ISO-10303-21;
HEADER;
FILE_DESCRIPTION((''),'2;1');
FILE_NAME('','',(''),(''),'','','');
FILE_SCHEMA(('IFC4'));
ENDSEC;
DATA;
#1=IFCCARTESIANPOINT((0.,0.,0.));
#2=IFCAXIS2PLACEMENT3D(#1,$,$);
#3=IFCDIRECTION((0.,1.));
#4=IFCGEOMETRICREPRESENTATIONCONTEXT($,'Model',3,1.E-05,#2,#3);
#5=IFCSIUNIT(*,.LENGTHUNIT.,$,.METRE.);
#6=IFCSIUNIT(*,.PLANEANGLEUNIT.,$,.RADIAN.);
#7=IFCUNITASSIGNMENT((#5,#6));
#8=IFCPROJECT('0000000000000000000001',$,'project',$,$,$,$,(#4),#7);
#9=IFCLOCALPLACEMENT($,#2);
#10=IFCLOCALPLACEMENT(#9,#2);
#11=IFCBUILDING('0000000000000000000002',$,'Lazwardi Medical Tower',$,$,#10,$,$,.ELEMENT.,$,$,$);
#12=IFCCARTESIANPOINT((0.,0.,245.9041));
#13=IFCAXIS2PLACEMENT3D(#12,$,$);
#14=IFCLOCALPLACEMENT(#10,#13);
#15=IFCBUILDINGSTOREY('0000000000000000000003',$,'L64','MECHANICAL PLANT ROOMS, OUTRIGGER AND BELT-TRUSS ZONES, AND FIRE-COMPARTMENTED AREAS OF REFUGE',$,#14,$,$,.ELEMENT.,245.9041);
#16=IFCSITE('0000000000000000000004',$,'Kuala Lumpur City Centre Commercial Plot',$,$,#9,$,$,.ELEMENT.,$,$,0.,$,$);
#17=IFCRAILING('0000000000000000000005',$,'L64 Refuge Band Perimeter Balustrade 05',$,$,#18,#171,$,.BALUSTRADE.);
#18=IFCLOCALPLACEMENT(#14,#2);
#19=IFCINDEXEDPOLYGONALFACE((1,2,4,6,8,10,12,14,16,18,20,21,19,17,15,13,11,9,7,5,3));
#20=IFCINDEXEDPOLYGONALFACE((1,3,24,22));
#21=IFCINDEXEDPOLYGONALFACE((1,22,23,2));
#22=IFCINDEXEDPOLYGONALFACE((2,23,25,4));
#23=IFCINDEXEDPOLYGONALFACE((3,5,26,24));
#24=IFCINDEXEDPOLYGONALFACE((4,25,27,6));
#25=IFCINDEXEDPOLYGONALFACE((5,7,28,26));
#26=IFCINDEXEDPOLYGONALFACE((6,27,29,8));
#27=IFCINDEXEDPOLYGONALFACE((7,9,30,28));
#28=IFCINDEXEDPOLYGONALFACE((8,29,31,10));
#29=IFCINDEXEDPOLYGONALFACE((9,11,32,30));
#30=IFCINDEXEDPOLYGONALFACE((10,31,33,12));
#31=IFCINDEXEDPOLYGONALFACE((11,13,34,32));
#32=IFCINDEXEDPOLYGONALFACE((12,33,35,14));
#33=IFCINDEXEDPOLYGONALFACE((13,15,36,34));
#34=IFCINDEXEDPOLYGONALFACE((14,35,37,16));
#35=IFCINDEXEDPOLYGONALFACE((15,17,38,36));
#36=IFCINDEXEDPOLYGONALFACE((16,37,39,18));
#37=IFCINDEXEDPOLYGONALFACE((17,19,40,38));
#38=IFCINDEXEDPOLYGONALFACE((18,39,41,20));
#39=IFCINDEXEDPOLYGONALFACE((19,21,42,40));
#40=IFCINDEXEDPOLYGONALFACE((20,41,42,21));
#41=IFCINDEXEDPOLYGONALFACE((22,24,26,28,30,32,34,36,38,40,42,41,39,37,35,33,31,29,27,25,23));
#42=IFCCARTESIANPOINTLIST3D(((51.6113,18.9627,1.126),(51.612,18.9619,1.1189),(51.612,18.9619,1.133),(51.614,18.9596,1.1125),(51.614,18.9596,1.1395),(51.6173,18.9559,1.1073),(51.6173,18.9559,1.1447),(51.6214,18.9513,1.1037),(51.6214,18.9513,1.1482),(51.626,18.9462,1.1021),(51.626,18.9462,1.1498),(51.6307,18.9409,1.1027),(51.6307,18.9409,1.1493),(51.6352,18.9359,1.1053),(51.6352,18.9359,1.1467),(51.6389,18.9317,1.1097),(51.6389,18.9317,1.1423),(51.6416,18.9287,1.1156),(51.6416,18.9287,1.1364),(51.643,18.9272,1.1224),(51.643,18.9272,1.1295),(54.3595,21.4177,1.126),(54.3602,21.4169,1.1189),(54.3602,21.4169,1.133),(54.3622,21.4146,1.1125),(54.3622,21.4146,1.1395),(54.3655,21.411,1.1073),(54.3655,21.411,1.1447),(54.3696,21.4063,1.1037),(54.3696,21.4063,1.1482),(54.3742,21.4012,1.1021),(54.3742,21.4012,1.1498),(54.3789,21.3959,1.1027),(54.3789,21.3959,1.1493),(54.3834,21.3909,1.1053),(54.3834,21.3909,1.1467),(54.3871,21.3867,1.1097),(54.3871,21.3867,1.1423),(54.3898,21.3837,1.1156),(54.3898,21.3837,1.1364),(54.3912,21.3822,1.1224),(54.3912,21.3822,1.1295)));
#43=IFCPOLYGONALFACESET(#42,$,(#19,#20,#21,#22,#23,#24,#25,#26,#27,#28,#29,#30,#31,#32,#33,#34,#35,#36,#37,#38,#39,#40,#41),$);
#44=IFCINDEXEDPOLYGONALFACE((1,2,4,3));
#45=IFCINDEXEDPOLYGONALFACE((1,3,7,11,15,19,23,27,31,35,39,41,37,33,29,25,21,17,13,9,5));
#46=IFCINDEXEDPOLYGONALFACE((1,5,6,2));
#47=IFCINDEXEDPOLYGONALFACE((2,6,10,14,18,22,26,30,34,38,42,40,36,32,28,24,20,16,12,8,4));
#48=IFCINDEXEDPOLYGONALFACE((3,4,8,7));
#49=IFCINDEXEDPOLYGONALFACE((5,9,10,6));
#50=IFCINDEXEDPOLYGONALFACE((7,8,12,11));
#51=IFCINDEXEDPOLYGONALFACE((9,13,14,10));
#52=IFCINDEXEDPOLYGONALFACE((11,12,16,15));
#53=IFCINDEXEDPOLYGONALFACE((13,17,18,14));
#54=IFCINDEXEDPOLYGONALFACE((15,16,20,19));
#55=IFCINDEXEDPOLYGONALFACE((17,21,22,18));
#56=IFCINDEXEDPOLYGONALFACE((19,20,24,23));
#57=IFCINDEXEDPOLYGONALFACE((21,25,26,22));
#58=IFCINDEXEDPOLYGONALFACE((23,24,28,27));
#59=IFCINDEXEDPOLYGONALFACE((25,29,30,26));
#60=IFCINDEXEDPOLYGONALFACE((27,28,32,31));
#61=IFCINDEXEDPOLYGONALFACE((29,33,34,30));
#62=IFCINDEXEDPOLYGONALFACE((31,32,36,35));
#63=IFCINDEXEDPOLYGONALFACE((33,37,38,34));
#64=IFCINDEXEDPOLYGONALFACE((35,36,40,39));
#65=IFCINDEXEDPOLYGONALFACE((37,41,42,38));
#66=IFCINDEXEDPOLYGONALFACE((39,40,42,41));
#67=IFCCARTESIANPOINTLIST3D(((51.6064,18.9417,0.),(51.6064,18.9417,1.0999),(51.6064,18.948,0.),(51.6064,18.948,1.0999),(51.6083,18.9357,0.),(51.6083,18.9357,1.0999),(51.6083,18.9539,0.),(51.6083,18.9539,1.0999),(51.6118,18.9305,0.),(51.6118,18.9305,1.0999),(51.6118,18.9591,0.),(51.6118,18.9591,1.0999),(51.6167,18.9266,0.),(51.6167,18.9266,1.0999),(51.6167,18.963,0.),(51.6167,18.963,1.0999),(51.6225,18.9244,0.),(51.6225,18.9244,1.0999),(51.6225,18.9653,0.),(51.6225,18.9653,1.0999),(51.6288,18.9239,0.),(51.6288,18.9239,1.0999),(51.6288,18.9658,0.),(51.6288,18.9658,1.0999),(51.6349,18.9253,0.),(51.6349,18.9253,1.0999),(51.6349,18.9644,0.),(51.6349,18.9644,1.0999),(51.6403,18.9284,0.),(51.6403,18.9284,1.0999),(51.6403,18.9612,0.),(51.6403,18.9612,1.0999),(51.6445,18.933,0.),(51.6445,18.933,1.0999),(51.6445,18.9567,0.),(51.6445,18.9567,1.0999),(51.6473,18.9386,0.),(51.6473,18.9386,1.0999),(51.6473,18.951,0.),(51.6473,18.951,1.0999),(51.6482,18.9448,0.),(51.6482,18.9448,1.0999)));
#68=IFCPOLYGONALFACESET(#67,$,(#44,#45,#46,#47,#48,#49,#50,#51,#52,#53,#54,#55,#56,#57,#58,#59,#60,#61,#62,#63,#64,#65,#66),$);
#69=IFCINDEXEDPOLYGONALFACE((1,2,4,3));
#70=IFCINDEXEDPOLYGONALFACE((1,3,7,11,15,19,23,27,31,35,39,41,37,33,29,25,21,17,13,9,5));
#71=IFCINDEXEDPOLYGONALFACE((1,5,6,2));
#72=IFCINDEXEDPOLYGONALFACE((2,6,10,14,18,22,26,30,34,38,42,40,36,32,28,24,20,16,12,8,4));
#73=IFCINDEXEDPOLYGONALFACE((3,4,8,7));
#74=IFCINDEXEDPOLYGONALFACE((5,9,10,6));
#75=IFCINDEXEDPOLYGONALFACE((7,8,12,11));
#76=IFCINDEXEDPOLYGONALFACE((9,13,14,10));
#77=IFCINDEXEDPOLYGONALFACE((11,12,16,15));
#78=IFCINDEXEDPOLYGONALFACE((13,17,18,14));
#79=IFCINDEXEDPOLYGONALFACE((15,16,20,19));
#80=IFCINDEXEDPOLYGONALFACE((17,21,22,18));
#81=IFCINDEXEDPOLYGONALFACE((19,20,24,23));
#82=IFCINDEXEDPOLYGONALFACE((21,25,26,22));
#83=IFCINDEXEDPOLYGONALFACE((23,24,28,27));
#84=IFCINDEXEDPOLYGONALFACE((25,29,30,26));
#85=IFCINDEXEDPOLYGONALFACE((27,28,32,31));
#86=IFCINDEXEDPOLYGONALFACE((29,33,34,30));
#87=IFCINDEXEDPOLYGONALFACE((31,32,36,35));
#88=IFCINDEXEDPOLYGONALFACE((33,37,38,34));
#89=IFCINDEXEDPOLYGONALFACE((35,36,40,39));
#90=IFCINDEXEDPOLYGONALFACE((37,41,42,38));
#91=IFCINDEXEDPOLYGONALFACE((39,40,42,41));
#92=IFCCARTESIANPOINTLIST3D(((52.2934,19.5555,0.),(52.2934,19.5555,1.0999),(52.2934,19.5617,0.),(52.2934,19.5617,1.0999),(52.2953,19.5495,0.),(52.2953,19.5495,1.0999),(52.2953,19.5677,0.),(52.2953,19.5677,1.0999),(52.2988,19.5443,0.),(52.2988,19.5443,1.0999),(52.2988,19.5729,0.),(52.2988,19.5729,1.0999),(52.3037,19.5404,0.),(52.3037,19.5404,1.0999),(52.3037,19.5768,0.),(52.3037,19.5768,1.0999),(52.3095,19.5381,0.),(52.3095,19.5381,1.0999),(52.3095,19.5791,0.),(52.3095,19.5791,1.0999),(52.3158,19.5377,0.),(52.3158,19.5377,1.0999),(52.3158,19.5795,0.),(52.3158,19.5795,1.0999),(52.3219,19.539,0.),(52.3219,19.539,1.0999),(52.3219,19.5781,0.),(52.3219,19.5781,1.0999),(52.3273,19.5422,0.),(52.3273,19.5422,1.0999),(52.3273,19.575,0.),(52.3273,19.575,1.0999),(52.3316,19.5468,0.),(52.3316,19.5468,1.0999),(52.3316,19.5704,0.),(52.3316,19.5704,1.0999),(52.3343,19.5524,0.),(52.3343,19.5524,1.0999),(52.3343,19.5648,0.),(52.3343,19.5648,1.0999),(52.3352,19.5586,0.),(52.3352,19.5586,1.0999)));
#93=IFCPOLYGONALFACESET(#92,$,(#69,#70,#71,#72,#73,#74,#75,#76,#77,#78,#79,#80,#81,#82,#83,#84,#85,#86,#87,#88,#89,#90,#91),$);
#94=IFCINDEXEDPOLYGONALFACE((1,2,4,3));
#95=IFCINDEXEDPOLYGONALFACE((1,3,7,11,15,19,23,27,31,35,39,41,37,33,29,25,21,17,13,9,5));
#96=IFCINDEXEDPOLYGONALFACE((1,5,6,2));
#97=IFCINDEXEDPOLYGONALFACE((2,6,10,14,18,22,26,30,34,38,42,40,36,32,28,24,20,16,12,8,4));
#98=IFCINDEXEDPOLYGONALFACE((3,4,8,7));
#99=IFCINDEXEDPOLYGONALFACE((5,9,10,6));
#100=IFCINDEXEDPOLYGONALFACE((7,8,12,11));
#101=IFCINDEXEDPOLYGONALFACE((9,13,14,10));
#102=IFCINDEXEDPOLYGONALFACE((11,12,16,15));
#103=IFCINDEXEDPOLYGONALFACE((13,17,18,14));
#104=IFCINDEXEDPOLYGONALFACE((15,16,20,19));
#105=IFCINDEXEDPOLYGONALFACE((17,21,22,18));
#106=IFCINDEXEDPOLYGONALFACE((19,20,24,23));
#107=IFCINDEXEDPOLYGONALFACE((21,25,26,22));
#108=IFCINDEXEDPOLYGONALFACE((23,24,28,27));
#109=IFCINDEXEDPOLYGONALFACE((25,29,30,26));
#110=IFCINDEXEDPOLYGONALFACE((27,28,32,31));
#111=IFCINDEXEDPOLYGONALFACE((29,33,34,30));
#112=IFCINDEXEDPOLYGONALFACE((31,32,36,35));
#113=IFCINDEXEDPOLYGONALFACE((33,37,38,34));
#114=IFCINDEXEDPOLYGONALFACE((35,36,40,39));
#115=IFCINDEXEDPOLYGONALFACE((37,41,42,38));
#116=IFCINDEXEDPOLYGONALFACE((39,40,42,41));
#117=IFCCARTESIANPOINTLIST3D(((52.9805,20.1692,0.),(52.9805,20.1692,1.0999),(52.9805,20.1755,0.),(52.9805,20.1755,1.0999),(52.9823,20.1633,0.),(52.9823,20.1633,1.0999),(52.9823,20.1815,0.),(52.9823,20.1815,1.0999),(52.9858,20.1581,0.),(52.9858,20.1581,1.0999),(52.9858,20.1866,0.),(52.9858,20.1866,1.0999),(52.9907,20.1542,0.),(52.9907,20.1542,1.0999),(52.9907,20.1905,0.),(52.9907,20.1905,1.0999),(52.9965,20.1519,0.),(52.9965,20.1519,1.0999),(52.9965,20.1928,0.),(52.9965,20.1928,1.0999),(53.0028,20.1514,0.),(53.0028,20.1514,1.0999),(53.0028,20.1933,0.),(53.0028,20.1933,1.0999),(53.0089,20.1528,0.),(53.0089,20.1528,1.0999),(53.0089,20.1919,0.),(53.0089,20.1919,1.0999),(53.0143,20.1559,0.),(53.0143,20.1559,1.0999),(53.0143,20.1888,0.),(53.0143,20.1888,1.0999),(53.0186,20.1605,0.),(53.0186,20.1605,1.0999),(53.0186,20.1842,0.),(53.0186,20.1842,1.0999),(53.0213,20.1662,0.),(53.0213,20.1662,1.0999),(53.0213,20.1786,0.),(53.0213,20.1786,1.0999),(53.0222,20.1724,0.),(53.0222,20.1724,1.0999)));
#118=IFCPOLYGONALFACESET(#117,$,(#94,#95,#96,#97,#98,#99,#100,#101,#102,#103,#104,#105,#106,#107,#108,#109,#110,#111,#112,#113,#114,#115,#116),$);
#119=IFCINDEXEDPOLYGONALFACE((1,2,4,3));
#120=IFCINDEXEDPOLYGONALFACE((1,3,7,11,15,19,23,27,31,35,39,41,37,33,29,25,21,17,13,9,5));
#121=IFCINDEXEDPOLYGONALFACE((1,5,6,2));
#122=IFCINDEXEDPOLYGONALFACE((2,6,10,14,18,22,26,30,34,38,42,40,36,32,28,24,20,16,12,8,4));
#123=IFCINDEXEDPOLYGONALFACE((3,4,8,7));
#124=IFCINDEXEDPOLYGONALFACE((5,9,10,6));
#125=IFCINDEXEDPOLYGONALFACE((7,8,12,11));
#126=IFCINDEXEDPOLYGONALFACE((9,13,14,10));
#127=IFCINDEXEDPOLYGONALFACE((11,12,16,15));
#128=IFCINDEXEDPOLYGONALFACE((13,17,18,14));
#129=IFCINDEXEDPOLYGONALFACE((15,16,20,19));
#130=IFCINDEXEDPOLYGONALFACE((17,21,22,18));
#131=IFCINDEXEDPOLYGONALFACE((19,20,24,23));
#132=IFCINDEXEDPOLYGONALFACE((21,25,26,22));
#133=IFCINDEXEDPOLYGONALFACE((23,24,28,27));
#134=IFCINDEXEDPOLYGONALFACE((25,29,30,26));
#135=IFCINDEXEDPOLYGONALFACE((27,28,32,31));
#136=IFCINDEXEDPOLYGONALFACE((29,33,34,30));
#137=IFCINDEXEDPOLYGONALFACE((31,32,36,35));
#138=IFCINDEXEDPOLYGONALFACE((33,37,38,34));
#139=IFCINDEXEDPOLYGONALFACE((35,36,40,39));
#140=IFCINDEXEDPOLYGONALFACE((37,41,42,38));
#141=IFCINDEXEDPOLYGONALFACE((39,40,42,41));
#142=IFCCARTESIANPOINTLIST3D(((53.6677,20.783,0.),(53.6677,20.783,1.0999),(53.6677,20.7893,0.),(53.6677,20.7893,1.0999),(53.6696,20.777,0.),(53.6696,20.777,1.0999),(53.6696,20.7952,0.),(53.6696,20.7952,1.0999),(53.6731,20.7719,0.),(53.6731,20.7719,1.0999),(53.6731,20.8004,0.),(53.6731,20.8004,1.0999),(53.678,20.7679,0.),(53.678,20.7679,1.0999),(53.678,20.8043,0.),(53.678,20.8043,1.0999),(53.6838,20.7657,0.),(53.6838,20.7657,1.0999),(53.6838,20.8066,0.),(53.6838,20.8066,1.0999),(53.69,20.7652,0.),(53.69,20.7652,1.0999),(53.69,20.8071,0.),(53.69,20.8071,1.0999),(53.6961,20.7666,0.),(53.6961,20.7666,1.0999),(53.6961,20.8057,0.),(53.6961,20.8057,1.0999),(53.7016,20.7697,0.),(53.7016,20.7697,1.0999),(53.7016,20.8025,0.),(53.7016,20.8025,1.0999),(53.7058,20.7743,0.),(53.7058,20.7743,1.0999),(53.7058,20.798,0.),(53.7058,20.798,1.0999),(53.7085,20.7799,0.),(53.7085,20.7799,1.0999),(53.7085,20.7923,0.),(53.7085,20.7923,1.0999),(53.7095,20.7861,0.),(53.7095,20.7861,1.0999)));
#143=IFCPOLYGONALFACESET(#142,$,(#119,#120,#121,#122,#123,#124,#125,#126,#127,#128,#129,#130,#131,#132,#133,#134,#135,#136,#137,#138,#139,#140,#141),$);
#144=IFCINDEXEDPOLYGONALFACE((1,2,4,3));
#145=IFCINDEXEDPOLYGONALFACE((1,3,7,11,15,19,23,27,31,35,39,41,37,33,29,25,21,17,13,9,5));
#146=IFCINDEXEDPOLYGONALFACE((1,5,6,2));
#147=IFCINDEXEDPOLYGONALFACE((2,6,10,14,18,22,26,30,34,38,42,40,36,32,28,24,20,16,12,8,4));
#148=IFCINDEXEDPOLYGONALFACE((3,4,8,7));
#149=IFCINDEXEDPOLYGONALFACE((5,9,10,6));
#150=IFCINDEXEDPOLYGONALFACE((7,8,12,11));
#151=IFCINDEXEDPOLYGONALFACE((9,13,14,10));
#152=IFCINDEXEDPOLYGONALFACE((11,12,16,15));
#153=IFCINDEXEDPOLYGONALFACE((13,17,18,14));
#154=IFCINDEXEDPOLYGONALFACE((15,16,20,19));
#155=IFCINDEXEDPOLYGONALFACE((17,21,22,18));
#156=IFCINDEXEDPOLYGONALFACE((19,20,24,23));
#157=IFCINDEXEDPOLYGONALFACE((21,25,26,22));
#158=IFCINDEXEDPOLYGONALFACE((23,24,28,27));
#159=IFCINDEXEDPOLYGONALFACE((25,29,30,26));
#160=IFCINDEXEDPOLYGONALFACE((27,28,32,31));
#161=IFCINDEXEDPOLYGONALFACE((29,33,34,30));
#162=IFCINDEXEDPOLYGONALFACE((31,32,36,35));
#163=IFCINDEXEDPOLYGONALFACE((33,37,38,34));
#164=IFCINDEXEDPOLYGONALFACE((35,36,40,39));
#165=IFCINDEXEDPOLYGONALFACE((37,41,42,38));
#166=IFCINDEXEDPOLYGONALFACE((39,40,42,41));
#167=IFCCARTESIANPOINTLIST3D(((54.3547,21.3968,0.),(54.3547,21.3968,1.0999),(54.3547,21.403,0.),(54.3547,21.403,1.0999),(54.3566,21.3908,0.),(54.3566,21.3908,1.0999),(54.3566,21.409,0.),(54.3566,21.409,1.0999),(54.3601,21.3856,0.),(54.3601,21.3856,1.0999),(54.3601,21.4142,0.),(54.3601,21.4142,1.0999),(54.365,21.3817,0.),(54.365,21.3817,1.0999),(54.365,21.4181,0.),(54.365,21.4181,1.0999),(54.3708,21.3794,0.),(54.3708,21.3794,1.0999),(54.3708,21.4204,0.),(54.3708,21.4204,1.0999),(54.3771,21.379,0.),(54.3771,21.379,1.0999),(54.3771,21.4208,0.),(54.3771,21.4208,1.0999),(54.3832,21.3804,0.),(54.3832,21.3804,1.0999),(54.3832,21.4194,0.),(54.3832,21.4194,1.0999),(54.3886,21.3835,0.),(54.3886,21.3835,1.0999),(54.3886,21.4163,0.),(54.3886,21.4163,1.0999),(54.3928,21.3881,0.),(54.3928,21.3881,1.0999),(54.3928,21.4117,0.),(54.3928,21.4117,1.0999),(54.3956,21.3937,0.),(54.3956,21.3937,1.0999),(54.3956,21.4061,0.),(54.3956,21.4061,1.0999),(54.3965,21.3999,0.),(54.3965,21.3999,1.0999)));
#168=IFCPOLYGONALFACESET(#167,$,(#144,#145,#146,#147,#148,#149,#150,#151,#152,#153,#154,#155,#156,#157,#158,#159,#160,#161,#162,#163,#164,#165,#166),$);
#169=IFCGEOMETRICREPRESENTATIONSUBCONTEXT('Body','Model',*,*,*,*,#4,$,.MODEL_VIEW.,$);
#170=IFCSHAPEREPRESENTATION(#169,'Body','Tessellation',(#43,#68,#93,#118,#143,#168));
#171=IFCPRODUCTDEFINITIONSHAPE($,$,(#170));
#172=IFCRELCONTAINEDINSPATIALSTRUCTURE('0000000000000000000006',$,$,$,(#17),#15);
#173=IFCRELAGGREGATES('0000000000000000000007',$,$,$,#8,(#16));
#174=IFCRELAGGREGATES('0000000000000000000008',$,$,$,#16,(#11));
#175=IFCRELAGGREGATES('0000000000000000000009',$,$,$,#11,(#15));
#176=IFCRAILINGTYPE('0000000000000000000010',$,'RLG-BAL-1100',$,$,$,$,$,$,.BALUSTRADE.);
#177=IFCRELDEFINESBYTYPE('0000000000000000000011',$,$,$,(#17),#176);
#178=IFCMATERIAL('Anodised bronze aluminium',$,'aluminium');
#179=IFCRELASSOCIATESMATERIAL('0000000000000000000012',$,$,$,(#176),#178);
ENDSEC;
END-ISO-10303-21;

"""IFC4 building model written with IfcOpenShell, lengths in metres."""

from ifc_helpers import new_model, si_unit, direction, frame, origin, origin_2d, place, context, subcontext, project, spatial, circle, extrude, material, type_object, element, save


model = new_model("IFC4")

# Units and contexts
model_context = context("Model", 3, precision=1e-05, world=origin(), true_north=direction((0.0, 1.0)))
body_context = subcontext(model_context, "Body", "Model", "MODEL_VIEW")
ifc_project = project(units=[si_unit("LENGTHUNIT", "METRE"), si_unit("PLANEANGLEUNIT", "RADIAN")], contexts=[model_context])

# Site, building, storey
site_placement = place(None, origin())
site = spatial("IfcSite", under=ifc_project, at=site_placement, Name="Kuala Lumpur City Centre Commercial Plot", CompositionType="ELEMENT", RefElevation=0.0)
building_placement = place(site_placement, origin())
building = spatial("IfcBuilding", under=site, at=building_placement, Name="Lazwardi Medical Tower", CompositionType="ELEMENT")
storey_placement = place(building_placement, frame((0.0, 0.0, 245.9041)))
storey = spatial("IfcBuildingStorey", under=building, at=storey_placement, Name="L64", Description="MECHANICAL PLANT ROOMS, OUTRIGGER AND BELT-TRUSS ZONES, AND FIRE-COMPARTMENTED AREAS OF REFUGE", CompositionType="ELEMENT", Elevation=245.9041)

# Railing
ifc_material_1 = material(Name="Anodised bronze aluminium", Category="aluminium")
railing_type = type_object("IfcRailingType", Name="RLG-BAL-1100", PredefinedType="BALUSTRADE", material=ifc_material_1)
railing_1_placement = place(storey_placement, frame((51.6272, 18.9448, 0.0)))
element("IfcRailing", 1, at=railing_1_placement, inside=storey, type_object=railing_type, Name="L64 Refuge Band Perimeter Balustrade 05", PredefinedType="BALUSTRADE", context=body_context, shape_type="SweptSolid", body=[
    extrude(circle(Radius=0.0239, at=origin_2d()), frame((0.0, 0.0, 1.126), z_axis=(0.74577, 0.666204, 0.0), x_axis=(-0.666204, 0.74577, 0.0)), (0.0, 0.0, 1.0), 3.6851),
    extrude(circle(Radius=0.021, at=origin_2d()), origin(), (0.0, 0.0, 1.0), 1.0999),
    extrude(circle(Radius=0.021, at=origin_2d()), frame((0.687, 0.6138, 0.0)), (0.0, 0.0, 1.0), 1.0999),
    extrude(circle(Radius=0.021, at=origin_2d()), frame((1.374, 1.2275, 0.0)), (0.0, 0.0, 1.0), 1.0999),
    extrude(circle(Radius=0.021, at=origin_2d()), frame((2.0613, 1.8413, 0.0)), (0.0, 0.0, 1.0), 1.0999),
    extrude(circle(Radius=0.021, at=origin_2d()), frame((2.7483, 2.4551, 0.0)), (0.0, 0.0, 1.0), 1.0999),
])

save(model, "model.ifc")
